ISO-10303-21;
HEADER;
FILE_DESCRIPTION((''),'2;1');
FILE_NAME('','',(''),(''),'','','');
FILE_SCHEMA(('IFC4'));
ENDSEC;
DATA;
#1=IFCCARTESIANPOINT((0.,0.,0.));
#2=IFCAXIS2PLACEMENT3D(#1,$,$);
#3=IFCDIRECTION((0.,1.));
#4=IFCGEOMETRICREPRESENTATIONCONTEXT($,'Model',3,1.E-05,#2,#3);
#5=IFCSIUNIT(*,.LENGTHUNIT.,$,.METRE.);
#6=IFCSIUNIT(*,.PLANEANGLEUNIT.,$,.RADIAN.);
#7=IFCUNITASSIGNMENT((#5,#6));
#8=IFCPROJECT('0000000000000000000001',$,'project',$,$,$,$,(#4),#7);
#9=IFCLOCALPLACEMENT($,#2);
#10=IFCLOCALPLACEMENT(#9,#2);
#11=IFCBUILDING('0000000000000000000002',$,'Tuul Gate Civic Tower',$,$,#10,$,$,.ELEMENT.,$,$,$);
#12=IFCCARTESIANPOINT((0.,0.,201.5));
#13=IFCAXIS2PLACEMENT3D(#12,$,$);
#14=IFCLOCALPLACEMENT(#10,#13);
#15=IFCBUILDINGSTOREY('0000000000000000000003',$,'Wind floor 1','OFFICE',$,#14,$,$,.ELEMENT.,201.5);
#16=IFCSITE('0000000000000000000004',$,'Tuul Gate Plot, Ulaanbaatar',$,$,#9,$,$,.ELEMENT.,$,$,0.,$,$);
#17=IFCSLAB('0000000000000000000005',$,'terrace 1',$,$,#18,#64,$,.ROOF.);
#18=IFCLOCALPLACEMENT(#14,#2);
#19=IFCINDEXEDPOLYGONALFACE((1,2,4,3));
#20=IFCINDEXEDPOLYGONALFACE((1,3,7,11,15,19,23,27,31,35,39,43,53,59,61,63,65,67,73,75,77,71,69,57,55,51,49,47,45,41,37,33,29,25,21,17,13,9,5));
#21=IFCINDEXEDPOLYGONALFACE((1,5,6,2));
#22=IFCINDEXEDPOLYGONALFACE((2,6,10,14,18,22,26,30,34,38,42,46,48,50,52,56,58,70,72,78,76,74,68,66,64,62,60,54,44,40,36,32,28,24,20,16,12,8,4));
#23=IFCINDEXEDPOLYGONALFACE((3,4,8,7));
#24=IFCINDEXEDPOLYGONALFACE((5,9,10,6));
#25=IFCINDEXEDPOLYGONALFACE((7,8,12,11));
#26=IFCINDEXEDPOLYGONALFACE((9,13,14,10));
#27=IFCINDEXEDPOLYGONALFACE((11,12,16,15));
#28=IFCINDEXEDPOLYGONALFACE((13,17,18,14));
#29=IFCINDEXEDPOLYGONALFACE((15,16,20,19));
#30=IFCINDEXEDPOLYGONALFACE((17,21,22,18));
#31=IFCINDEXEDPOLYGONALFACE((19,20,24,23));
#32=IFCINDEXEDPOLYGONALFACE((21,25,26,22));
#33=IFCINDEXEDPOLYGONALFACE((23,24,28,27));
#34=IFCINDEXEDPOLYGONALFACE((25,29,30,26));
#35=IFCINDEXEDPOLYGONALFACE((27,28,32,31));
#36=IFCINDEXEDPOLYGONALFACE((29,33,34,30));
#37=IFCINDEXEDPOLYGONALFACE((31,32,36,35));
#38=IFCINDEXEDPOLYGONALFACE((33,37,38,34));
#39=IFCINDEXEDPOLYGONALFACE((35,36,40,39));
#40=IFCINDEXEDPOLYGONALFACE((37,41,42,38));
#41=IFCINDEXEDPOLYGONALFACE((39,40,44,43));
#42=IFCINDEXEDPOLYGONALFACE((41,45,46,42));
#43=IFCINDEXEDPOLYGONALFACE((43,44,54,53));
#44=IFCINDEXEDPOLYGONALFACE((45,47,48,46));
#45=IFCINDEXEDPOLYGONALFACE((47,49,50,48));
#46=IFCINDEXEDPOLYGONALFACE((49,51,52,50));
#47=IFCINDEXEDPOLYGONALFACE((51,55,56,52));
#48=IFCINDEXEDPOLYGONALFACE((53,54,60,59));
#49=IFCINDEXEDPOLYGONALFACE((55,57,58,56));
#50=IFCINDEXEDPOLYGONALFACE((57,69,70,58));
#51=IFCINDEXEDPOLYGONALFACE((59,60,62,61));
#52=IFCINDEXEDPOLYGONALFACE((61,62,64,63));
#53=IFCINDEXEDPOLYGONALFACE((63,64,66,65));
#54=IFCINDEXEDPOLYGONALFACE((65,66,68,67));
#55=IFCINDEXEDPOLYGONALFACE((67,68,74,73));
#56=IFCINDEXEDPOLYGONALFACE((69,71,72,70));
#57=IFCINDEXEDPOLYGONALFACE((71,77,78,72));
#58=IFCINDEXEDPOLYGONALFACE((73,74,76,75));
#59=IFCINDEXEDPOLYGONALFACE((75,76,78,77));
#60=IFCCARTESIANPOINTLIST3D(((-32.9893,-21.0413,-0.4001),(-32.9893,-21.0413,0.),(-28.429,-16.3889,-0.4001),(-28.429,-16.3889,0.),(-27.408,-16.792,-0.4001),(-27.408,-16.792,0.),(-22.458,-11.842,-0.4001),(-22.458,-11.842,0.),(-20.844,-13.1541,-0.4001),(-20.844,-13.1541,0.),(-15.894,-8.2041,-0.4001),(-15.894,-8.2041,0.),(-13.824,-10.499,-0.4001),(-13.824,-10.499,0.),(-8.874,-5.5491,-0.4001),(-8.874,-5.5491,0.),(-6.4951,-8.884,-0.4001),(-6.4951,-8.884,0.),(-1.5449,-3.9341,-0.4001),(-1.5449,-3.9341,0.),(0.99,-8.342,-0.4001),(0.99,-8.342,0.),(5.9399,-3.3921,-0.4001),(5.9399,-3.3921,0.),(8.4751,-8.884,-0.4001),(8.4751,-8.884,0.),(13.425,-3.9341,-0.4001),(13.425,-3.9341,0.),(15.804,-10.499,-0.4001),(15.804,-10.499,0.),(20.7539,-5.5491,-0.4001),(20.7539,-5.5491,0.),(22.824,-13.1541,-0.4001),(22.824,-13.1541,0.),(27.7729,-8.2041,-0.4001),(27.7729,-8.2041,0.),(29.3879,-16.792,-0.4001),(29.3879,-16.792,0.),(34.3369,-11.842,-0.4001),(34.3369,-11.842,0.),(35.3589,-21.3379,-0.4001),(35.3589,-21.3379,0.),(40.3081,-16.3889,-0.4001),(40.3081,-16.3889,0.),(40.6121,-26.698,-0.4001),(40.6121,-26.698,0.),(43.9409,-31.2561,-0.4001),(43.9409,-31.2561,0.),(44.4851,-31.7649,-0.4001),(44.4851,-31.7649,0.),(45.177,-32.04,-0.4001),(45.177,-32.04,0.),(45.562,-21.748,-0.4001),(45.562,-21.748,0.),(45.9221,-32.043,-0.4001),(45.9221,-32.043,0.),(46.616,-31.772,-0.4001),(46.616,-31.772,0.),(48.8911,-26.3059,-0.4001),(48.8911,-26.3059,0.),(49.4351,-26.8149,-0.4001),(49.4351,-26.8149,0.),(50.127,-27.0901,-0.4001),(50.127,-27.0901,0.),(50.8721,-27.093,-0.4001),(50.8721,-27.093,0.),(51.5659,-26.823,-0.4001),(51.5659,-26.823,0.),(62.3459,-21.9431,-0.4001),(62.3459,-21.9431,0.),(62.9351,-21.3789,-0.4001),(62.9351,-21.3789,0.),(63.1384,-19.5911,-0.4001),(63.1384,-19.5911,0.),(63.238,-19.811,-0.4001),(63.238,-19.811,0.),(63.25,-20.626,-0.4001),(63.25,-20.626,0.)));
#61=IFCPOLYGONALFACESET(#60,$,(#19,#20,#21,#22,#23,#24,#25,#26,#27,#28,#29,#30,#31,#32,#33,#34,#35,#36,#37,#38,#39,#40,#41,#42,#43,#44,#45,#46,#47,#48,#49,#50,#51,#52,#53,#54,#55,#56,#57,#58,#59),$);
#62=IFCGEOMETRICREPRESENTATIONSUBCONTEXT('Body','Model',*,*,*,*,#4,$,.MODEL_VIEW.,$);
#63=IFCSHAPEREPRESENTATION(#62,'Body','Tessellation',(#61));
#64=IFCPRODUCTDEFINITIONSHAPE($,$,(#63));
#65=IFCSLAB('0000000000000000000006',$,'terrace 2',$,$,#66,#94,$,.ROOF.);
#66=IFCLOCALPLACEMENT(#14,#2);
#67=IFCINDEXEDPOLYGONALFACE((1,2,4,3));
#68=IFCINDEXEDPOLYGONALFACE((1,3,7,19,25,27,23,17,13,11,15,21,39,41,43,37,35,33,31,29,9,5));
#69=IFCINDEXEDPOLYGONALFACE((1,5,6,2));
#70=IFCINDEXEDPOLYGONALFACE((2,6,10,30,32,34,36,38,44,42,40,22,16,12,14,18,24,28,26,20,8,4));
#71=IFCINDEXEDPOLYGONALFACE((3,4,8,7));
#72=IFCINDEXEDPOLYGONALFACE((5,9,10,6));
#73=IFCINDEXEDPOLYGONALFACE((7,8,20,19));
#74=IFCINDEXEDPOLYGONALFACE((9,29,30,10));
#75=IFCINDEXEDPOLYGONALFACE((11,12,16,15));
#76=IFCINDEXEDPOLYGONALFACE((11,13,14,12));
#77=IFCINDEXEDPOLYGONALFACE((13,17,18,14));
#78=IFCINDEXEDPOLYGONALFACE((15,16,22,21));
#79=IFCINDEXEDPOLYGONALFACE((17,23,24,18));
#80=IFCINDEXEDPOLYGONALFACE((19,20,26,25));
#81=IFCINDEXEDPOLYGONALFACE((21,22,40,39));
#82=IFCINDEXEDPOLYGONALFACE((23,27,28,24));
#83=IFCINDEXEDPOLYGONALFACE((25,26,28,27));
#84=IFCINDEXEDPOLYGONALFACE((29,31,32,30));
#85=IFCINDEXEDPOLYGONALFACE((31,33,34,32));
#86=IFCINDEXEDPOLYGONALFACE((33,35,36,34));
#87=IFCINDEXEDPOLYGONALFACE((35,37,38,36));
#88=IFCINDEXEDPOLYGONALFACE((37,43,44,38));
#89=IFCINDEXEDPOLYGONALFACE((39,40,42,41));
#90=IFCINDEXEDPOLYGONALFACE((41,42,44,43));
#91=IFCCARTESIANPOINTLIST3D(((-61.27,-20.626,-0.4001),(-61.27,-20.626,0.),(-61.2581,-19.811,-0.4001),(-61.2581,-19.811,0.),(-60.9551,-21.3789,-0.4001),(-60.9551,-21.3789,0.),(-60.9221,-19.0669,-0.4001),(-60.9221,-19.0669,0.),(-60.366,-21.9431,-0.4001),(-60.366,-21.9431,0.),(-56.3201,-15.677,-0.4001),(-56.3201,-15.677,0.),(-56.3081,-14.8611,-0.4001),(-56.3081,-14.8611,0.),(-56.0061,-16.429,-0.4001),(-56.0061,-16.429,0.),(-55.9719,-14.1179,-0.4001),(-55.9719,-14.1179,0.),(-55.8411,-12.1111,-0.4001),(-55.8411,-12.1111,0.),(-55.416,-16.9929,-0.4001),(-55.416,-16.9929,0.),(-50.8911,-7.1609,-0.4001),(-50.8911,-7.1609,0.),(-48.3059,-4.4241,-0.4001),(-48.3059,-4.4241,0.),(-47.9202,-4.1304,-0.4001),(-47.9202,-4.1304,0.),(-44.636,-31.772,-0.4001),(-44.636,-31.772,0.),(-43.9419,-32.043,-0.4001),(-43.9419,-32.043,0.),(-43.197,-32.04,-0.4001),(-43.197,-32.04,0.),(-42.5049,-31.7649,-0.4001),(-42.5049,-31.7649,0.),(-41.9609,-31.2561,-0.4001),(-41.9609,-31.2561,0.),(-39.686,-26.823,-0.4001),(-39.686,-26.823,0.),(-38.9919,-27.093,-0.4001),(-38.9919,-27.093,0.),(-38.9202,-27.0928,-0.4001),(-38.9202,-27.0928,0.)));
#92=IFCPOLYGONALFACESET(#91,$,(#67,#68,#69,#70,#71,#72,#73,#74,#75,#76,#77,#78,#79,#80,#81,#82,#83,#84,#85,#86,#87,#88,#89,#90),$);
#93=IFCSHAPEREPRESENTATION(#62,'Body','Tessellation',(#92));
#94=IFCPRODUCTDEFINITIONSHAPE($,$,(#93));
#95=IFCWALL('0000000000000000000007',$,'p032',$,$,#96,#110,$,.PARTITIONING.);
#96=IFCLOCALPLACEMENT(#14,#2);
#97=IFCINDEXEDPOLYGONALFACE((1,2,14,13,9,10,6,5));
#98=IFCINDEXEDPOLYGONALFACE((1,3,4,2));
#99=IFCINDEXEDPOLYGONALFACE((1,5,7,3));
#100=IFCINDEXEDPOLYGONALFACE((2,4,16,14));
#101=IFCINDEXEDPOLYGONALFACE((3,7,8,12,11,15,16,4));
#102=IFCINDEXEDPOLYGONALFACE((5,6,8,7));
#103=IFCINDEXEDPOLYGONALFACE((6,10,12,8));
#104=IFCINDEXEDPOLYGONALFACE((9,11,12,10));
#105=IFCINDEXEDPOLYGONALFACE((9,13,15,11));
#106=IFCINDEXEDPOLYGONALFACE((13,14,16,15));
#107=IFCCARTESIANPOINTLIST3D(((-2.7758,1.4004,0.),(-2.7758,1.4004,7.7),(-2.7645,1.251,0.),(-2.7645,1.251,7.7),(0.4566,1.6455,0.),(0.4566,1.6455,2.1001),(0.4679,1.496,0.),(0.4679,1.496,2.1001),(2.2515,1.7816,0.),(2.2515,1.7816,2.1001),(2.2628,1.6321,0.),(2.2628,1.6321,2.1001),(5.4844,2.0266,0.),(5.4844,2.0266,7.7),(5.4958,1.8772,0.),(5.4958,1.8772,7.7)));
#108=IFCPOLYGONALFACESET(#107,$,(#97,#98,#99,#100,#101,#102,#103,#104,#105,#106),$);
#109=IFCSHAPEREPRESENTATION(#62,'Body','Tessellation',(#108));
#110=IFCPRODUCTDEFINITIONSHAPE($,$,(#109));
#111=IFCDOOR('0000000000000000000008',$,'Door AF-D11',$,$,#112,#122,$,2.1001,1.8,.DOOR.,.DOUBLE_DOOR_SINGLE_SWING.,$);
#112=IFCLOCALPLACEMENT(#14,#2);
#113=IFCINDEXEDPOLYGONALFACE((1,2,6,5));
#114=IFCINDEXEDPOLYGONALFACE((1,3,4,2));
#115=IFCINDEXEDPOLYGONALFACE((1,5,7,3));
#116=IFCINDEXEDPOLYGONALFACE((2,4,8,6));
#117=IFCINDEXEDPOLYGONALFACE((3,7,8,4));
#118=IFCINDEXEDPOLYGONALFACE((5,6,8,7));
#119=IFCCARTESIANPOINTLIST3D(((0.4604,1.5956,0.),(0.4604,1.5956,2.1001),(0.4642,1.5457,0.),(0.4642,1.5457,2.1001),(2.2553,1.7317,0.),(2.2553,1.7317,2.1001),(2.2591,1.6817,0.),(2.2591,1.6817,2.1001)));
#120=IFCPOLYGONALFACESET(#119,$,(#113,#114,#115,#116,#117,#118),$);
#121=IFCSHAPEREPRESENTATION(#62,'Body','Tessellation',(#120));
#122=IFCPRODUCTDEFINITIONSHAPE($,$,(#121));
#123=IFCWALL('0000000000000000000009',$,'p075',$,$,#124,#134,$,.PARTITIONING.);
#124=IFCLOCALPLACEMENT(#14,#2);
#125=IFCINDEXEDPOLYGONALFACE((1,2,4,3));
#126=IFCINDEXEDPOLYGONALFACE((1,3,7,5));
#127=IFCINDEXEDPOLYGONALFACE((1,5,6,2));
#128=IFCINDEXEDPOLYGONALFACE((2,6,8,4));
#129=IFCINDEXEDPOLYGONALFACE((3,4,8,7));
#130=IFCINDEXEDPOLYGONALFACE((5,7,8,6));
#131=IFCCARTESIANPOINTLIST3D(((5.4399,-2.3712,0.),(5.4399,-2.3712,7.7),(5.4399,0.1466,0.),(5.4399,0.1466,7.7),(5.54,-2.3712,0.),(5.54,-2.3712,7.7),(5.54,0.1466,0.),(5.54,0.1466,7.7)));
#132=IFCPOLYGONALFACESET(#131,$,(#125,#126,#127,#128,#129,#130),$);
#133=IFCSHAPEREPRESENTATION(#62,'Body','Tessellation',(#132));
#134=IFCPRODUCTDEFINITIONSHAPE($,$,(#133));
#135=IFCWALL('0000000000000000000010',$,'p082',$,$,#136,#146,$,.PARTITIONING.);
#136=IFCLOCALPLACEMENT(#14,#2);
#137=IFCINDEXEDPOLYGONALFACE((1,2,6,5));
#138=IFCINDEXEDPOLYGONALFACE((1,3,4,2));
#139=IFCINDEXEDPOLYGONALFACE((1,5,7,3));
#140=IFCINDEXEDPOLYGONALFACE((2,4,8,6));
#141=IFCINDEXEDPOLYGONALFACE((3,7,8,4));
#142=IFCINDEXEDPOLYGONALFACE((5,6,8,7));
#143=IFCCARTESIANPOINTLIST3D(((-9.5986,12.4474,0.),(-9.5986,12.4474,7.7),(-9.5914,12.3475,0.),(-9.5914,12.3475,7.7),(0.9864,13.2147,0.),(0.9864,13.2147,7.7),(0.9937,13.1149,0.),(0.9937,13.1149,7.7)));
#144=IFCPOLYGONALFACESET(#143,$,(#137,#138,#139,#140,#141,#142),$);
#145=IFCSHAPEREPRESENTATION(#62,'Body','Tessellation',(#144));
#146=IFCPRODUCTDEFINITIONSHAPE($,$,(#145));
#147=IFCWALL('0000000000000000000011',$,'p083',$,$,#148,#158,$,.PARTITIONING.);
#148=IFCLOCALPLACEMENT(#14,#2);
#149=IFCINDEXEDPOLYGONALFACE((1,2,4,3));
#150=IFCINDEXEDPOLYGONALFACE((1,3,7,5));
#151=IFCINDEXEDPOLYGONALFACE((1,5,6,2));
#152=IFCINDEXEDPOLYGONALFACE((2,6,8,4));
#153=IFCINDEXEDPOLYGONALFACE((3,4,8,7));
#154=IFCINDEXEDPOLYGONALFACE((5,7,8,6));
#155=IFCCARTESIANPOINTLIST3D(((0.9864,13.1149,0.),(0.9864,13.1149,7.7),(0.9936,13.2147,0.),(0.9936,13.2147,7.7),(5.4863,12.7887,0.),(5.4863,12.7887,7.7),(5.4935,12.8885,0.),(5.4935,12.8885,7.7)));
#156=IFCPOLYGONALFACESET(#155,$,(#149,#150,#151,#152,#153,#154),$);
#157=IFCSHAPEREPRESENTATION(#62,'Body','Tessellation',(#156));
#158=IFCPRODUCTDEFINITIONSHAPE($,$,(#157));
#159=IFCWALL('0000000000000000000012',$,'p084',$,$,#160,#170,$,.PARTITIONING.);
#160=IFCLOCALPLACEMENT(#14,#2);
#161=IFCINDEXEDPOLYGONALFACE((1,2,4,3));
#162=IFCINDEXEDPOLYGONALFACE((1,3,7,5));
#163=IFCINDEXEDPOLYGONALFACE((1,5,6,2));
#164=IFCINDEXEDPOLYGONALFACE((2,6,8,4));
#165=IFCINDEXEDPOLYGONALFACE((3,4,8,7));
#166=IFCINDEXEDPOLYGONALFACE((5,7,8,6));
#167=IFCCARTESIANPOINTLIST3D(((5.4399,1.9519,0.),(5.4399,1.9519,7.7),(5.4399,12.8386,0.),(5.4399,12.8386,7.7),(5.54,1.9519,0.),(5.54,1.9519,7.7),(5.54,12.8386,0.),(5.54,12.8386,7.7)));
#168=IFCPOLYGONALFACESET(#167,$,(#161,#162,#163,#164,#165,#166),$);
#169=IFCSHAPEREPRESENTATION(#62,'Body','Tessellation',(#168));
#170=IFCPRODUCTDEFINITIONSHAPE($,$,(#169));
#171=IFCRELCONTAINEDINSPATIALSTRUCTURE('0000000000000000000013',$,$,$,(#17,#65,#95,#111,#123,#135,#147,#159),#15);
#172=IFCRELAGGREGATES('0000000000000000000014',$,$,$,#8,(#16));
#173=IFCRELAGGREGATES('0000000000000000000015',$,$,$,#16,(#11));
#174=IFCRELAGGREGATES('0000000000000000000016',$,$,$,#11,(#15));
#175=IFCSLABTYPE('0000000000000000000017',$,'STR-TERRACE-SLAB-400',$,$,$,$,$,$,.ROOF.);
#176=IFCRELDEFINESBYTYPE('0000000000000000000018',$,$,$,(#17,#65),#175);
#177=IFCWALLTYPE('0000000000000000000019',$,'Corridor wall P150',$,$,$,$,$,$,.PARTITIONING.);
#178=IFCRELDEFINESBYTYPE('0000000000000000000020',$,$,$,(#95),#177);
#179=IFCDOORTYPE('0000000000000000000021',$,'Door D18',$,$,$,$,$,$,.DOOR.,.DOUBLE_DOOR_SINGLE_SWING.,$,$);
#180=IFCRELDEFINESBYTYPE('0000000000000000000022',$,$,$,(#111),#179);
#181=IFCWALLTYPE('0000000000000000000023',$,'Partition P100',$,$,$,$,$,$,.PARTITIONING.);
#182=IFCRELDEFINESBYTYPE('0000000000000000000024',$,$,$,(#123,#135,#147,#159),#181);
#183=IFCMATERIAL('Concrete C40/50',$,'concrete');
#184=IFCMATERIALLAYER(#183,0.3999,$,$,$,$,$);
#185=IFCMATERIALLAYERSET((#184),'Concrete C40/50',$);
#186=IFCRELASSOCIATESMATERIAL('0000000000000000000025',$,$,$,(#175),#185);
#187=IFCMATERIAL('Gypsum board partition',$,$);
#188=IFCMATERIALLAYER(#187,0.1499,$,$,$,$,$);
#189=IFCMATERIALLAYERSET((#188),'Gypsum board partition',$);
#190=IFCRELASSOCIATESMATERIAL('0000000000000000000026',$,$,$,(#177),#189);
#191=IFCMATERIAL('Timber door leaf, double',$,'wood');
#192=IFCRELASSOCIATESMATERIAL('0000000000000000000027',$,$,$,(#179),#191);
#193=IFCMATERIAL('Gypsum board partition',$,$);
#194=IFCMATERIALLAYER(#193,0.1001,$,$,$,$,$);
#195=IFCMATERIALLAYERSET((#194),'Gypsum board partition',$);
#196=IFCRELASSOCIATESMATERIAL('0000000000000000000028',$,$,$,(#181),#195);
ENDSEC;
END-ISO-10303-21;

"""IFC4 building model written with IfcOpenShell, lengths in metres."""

from ifc_helpers import new_model, si_unit, direction, frame, frame_2d, origin, place, context, subcontext, project, spatial, polyline, rectangle, outline, extrude, material, layer, layer_set, type_object, element, fill, save


model = new_model("IFC4")

# Units and contexts
model_context = context("Model", 3, precision=1e-05, world=origin(), true_north=direction((0.0, 1.0)))
body_context = subcontext(model_context, "Body", "Model", "MODEL_VIEW")
ifc_project = project(units=[si_unit("LENGTHUNIT", "METRE"), si_unit("PLANEANGLEUNIT", "RADIAN")], contexts=[model_context])

# Site, building, storey
site_placement = place(None, origin())
site = spatial("IfcSite", under=ifc_project, at=site_placement, Name="Tuul Gate Plot, Ulaanbaatar", CompositionType="ELEMENT", RefElevation=0.0)
building_placement = place(site_placement, origin())
building = spatial("IfcBuilding", under=site, at=building_placement, Name="Tuul Gate Civic Tower", CompositionType="ELEMENT")
storey_placement = place(building_placement, frame((0.0, 0.0, 201.5)))
storey = spatial("IfcBuildingStorey", under=building, at=storey_placement, Name="Wind floor 1", Description="OFFICE", CompositionType="ELEMENT", Elevation=201.5)

# Slabs
ifc_material_1 = material(Name="Concrete C40/50", Category="concrete")
ifc_layer_1 = layer(ifc_material_1, 0.3999)
ifc_layer_set_1 = layer_set([ifc_layer_1], Name="Concrete C40/50")
slab_type_1 = type_object("IfcSlabType", Name="STR-TERRACE-SLAB-400", PredefinedType="ROOF", material=ifc_layer_set_1)
slab_1_placement = place(storey_placement, frame((0.0, 0.0, -0.4001)))
element("IfcSlab", 1, at=slab_1_placement, inside=storey, type_object=slab_type_1, Name="terrace 1", PredefinedType="ROOF", context=body_context, shape_type="SweptSolid", body=[
    extrude(outline(polyline([(63.238, -19.811), (63.25, -20.626), (62.9351, -21.3789), (62.3459, -21.9431), (46.616, -31.772), (45.9221, -32.043), (45.177, -32.04), (44.4851, -31.7649), (43.9409, -31.2561), (40.6121, -26.698), (35.3589, -21.3379), (29.3879, -16.792), (22.824, -13.1541), (15.804, -10.499), (8.4751, -8.884), (0.99, -8.342), (-6.4951, -8.884), (-13.824, -10.499), (-20.844, -13.1541), (-27.408, -16.792), (-32.9893, -21.0413), (-28.429, -16.3889), (-22.458, -11.842), (-15.894, -8.2041), (-8.874, -5.5491), (-1.5449, -3.9341), (5.9399, -3.3921), (13.425, -3.9341), (20.7539, -5.5491), (27.7729, -8.2041), (34.3369, -11.842), (40.3081, -16.3889), (45.562, -21.748), (48.8911, -26.3059), (49.4351, -26.8149), (50.127, -27.0901), (50.8721, -27.093), (51.5659, -26.823), (63.1384, -19.5911), (63.238, -19.811)])), origin(), (0.0, 0.0, 1.0), 0.4001),
])
slab_2_placement = place(storey_placement, frame((0.0, 0.0, -0.4001)))
element("IfcSlab", 2, at=slab_2_placement, inside=storey, type_object=slab_type_1, Name="terrace 2", PredefinedType="ROOF", context=body_context, shape_type="SweptSolid", body=[
    extrude(outline(polyline([(-41.9609, -31.2561), (-42.5049, -31.7649), (-43.197, -32.04), (-43.9419, -32.043), (-44.636, -31.772), (-60.366, -21.9431), (-60.9551, -21.3789), (-61.27, -20.626), (-61.2581, -19.811), (-60.9221, -19.0669), (-55.8411, -12.1111), (-48.3059, -4.4241), (-47.9202, -4.1304), (-50.8911, -7.1609), (-55.9719, -14.1179), (-56.3081, -14.8611), (-56.3201, -15.677), (-56.0061, -16.429), (-55.416, -16.9929), (-39.686, -26.823), (-38.9919, -27.093), (-38.9202, -27.0928), (-41.9609, -31.2561)])), origin(), (0.0, 0.0, 1.0), 0.4001),
])

# Wall, opening, door
ifc_material_2 = material(Name="Gypsum board partition")
ifc_layer_2 = layer(ifc_material_2, 0.1499)
ifc_layer_set_2 = layer_set([ifc_layer_2], Name="Gypsum board partition")
wall_type_1 = type_object("IfcWallType", Name="Corridor wall P150", PredefinedType="PARTITIONING", material=ifc_layer_set_2)
wall_1_placement = place(storey_placement, frame((-2.7703, 1.3257, 0.0), z_axis=(0.0, 0.0, 1.0), x_axis=(0.997139, 0.075594, 0.0)))
wall_1 = element("IfcWall", 3, at=wall_1_placement, inside=storey, type_object=wall_type_1, Name="p032", PredefinedType="PARTITIONING", context=body_context, shape_type="SweptSolid", body=[
    extrude(rectangle(XDim=8.2839, YDim=0.1499, at=frame_2d((4.1421, 0.0))), origin(), (0.0, 0.0, 1.0), 7.7),
])
opening_placement = place(wall_1_placement, frame((3.2419, 0.0, 0.0)))
opening = element("IfcOpeningElement", 4, at=opening_placement, cuts=wall_1, PredefinedType="OPENING", context=body_context, shape_type="SweptSolid", body=[
    extrude(rectangle(XDim=1.8, YDim=2.1001, at=frame_2d((0.8999, 1.05))), frame((0.0, 0.085, 0.0), z_axis=(0.0, -1.0, 0.0), x_axis=(1.0, 0.0, 0.0)), (0.0, 0.0, 1.0), 0.1699),
])
ifc_material_3 = material(Name="Timber door leaf, double", Category="wood")
door_type = type_object("IfcDoorType", Name="Door D18", OperationType="DOUBLE_DOOR_SINGLE_SWING", PredefinedType="DOOR", material=ifc_material_3)
door_placement = place(opening_placement, origin())
door = element("IfcDoor", 5, at=door_placement, inside=storey, type_object=door_type, Name="Door AF-D11", OperationType="DOUBLE_DOOR_SINGLE_SWING", OverallHeight=2.1001, OverallWidth=1.8, PredefinedType="DOOR", context=body_context, shape_type="SweptSolid", body=[
    extrude(rectangle(XDim=1.8, YDim=2.1001, at=frame_2d((0.8999, 1.05))), frame((0.0, 0.0249, 0.0), z_axis=(0.0, -1.0, 0.0), x_axis=(1.0, 0.0, 0.0)), (0.0, 0.0, 1.0), 0.05),
])
fill(opening, door)

# Walls
ifc_material_4 = material(Name="Gypsum board partition")
ifc_layer_3 = layer(ifc_material_4, 0.1001)
ifc_layer_set_3 = layer_set([ifc_layer_3], Name="Gypsum board partition")
wall_type_2 = type_object("IfcWallType", Name="Partition P100", PredefinedType="PARTITIONING", material=ifc_layer_set_3)
wall_2_placement = place(storey_placement, frame((5.49, 0.1465, 0.0), z_axis=(0.0, 0.0, 1.0), x_axis=(0.0, -1.0, 0.0)))
element("IfcWall", 6, at=wall_2_placement, inside=storey, type_object=wall_type_2, Name="p075", PredefinedType="PARTITIONING", context=body_context, shape_type="SweptSolid", body=[
    extrude(rectangle(XDim=2.5178, YDim=0.1001, at=frame_2d((1.2588, 0.0))), origin(), (0.0, 0.0, 1.0), 7.7),
])
wall_3_placement = place(storey_placement, frame((-9.595, 12.3975, 0.0), z_axis=(0.0, 0.0, 1.0), x_axis=(0.997383, 0.072303, 0.0)))
element("IfcWall", 7, at=wall_3_placement, inside=storey, type_object=wall_type_2, Name="p082", PredefinedType="PARTITIONING", context=body_context, shape_type="SweptSolid", body=[
    extrude(rectangle(XDim=10.6128, YDim=0.1001, at=frame_2d((5.3064, 0.0))), origin(), (0.0, 0.0, 1.0), 7.7),
])
wall_4_placement = place(storey_placement, frame((0.99, 13.1648, 0.0), z_axis=(0.0, 0.0, 1.0), x_axis=(0.997383, -0.072293, 0.0)))
element("IfcWall", 8, at=wall_4_placement, inside=storey, type_object=wall_type_2, Name="p083", PredefinedType="PARTITIONING", context=body_context, shape_type="SweptSolid", body=[
    extrude(rectangle(XDim=4.5117, YDim=0.1001, at=frame_2d((2.2559, 0.0))), origin(), (0.0, 0.0, 1.0), 7.7),
])
wall_5_placement = place(storey_placement, frame((5.49, 12.8386, 0.0), z_axis=(0.0, 0.0, 1.0), x_axis=(0.0, -1.0, 0.0)))
element("IfcWall", 9, at=wall_5_placement, inside=storey, type_object=wall_type_2, Name="p084", PredefinedType="PARTITIONING", context=body_context, shape_type="SweptSolid", body=[
    extrude(rectangle(XDim=10.8867, YDim=0.1001, at=frame_2d((5.4434, 0.0))), origin(), (0.0, 0.0, 1.0), 7.7),
])

save(model, "model.ifc")
